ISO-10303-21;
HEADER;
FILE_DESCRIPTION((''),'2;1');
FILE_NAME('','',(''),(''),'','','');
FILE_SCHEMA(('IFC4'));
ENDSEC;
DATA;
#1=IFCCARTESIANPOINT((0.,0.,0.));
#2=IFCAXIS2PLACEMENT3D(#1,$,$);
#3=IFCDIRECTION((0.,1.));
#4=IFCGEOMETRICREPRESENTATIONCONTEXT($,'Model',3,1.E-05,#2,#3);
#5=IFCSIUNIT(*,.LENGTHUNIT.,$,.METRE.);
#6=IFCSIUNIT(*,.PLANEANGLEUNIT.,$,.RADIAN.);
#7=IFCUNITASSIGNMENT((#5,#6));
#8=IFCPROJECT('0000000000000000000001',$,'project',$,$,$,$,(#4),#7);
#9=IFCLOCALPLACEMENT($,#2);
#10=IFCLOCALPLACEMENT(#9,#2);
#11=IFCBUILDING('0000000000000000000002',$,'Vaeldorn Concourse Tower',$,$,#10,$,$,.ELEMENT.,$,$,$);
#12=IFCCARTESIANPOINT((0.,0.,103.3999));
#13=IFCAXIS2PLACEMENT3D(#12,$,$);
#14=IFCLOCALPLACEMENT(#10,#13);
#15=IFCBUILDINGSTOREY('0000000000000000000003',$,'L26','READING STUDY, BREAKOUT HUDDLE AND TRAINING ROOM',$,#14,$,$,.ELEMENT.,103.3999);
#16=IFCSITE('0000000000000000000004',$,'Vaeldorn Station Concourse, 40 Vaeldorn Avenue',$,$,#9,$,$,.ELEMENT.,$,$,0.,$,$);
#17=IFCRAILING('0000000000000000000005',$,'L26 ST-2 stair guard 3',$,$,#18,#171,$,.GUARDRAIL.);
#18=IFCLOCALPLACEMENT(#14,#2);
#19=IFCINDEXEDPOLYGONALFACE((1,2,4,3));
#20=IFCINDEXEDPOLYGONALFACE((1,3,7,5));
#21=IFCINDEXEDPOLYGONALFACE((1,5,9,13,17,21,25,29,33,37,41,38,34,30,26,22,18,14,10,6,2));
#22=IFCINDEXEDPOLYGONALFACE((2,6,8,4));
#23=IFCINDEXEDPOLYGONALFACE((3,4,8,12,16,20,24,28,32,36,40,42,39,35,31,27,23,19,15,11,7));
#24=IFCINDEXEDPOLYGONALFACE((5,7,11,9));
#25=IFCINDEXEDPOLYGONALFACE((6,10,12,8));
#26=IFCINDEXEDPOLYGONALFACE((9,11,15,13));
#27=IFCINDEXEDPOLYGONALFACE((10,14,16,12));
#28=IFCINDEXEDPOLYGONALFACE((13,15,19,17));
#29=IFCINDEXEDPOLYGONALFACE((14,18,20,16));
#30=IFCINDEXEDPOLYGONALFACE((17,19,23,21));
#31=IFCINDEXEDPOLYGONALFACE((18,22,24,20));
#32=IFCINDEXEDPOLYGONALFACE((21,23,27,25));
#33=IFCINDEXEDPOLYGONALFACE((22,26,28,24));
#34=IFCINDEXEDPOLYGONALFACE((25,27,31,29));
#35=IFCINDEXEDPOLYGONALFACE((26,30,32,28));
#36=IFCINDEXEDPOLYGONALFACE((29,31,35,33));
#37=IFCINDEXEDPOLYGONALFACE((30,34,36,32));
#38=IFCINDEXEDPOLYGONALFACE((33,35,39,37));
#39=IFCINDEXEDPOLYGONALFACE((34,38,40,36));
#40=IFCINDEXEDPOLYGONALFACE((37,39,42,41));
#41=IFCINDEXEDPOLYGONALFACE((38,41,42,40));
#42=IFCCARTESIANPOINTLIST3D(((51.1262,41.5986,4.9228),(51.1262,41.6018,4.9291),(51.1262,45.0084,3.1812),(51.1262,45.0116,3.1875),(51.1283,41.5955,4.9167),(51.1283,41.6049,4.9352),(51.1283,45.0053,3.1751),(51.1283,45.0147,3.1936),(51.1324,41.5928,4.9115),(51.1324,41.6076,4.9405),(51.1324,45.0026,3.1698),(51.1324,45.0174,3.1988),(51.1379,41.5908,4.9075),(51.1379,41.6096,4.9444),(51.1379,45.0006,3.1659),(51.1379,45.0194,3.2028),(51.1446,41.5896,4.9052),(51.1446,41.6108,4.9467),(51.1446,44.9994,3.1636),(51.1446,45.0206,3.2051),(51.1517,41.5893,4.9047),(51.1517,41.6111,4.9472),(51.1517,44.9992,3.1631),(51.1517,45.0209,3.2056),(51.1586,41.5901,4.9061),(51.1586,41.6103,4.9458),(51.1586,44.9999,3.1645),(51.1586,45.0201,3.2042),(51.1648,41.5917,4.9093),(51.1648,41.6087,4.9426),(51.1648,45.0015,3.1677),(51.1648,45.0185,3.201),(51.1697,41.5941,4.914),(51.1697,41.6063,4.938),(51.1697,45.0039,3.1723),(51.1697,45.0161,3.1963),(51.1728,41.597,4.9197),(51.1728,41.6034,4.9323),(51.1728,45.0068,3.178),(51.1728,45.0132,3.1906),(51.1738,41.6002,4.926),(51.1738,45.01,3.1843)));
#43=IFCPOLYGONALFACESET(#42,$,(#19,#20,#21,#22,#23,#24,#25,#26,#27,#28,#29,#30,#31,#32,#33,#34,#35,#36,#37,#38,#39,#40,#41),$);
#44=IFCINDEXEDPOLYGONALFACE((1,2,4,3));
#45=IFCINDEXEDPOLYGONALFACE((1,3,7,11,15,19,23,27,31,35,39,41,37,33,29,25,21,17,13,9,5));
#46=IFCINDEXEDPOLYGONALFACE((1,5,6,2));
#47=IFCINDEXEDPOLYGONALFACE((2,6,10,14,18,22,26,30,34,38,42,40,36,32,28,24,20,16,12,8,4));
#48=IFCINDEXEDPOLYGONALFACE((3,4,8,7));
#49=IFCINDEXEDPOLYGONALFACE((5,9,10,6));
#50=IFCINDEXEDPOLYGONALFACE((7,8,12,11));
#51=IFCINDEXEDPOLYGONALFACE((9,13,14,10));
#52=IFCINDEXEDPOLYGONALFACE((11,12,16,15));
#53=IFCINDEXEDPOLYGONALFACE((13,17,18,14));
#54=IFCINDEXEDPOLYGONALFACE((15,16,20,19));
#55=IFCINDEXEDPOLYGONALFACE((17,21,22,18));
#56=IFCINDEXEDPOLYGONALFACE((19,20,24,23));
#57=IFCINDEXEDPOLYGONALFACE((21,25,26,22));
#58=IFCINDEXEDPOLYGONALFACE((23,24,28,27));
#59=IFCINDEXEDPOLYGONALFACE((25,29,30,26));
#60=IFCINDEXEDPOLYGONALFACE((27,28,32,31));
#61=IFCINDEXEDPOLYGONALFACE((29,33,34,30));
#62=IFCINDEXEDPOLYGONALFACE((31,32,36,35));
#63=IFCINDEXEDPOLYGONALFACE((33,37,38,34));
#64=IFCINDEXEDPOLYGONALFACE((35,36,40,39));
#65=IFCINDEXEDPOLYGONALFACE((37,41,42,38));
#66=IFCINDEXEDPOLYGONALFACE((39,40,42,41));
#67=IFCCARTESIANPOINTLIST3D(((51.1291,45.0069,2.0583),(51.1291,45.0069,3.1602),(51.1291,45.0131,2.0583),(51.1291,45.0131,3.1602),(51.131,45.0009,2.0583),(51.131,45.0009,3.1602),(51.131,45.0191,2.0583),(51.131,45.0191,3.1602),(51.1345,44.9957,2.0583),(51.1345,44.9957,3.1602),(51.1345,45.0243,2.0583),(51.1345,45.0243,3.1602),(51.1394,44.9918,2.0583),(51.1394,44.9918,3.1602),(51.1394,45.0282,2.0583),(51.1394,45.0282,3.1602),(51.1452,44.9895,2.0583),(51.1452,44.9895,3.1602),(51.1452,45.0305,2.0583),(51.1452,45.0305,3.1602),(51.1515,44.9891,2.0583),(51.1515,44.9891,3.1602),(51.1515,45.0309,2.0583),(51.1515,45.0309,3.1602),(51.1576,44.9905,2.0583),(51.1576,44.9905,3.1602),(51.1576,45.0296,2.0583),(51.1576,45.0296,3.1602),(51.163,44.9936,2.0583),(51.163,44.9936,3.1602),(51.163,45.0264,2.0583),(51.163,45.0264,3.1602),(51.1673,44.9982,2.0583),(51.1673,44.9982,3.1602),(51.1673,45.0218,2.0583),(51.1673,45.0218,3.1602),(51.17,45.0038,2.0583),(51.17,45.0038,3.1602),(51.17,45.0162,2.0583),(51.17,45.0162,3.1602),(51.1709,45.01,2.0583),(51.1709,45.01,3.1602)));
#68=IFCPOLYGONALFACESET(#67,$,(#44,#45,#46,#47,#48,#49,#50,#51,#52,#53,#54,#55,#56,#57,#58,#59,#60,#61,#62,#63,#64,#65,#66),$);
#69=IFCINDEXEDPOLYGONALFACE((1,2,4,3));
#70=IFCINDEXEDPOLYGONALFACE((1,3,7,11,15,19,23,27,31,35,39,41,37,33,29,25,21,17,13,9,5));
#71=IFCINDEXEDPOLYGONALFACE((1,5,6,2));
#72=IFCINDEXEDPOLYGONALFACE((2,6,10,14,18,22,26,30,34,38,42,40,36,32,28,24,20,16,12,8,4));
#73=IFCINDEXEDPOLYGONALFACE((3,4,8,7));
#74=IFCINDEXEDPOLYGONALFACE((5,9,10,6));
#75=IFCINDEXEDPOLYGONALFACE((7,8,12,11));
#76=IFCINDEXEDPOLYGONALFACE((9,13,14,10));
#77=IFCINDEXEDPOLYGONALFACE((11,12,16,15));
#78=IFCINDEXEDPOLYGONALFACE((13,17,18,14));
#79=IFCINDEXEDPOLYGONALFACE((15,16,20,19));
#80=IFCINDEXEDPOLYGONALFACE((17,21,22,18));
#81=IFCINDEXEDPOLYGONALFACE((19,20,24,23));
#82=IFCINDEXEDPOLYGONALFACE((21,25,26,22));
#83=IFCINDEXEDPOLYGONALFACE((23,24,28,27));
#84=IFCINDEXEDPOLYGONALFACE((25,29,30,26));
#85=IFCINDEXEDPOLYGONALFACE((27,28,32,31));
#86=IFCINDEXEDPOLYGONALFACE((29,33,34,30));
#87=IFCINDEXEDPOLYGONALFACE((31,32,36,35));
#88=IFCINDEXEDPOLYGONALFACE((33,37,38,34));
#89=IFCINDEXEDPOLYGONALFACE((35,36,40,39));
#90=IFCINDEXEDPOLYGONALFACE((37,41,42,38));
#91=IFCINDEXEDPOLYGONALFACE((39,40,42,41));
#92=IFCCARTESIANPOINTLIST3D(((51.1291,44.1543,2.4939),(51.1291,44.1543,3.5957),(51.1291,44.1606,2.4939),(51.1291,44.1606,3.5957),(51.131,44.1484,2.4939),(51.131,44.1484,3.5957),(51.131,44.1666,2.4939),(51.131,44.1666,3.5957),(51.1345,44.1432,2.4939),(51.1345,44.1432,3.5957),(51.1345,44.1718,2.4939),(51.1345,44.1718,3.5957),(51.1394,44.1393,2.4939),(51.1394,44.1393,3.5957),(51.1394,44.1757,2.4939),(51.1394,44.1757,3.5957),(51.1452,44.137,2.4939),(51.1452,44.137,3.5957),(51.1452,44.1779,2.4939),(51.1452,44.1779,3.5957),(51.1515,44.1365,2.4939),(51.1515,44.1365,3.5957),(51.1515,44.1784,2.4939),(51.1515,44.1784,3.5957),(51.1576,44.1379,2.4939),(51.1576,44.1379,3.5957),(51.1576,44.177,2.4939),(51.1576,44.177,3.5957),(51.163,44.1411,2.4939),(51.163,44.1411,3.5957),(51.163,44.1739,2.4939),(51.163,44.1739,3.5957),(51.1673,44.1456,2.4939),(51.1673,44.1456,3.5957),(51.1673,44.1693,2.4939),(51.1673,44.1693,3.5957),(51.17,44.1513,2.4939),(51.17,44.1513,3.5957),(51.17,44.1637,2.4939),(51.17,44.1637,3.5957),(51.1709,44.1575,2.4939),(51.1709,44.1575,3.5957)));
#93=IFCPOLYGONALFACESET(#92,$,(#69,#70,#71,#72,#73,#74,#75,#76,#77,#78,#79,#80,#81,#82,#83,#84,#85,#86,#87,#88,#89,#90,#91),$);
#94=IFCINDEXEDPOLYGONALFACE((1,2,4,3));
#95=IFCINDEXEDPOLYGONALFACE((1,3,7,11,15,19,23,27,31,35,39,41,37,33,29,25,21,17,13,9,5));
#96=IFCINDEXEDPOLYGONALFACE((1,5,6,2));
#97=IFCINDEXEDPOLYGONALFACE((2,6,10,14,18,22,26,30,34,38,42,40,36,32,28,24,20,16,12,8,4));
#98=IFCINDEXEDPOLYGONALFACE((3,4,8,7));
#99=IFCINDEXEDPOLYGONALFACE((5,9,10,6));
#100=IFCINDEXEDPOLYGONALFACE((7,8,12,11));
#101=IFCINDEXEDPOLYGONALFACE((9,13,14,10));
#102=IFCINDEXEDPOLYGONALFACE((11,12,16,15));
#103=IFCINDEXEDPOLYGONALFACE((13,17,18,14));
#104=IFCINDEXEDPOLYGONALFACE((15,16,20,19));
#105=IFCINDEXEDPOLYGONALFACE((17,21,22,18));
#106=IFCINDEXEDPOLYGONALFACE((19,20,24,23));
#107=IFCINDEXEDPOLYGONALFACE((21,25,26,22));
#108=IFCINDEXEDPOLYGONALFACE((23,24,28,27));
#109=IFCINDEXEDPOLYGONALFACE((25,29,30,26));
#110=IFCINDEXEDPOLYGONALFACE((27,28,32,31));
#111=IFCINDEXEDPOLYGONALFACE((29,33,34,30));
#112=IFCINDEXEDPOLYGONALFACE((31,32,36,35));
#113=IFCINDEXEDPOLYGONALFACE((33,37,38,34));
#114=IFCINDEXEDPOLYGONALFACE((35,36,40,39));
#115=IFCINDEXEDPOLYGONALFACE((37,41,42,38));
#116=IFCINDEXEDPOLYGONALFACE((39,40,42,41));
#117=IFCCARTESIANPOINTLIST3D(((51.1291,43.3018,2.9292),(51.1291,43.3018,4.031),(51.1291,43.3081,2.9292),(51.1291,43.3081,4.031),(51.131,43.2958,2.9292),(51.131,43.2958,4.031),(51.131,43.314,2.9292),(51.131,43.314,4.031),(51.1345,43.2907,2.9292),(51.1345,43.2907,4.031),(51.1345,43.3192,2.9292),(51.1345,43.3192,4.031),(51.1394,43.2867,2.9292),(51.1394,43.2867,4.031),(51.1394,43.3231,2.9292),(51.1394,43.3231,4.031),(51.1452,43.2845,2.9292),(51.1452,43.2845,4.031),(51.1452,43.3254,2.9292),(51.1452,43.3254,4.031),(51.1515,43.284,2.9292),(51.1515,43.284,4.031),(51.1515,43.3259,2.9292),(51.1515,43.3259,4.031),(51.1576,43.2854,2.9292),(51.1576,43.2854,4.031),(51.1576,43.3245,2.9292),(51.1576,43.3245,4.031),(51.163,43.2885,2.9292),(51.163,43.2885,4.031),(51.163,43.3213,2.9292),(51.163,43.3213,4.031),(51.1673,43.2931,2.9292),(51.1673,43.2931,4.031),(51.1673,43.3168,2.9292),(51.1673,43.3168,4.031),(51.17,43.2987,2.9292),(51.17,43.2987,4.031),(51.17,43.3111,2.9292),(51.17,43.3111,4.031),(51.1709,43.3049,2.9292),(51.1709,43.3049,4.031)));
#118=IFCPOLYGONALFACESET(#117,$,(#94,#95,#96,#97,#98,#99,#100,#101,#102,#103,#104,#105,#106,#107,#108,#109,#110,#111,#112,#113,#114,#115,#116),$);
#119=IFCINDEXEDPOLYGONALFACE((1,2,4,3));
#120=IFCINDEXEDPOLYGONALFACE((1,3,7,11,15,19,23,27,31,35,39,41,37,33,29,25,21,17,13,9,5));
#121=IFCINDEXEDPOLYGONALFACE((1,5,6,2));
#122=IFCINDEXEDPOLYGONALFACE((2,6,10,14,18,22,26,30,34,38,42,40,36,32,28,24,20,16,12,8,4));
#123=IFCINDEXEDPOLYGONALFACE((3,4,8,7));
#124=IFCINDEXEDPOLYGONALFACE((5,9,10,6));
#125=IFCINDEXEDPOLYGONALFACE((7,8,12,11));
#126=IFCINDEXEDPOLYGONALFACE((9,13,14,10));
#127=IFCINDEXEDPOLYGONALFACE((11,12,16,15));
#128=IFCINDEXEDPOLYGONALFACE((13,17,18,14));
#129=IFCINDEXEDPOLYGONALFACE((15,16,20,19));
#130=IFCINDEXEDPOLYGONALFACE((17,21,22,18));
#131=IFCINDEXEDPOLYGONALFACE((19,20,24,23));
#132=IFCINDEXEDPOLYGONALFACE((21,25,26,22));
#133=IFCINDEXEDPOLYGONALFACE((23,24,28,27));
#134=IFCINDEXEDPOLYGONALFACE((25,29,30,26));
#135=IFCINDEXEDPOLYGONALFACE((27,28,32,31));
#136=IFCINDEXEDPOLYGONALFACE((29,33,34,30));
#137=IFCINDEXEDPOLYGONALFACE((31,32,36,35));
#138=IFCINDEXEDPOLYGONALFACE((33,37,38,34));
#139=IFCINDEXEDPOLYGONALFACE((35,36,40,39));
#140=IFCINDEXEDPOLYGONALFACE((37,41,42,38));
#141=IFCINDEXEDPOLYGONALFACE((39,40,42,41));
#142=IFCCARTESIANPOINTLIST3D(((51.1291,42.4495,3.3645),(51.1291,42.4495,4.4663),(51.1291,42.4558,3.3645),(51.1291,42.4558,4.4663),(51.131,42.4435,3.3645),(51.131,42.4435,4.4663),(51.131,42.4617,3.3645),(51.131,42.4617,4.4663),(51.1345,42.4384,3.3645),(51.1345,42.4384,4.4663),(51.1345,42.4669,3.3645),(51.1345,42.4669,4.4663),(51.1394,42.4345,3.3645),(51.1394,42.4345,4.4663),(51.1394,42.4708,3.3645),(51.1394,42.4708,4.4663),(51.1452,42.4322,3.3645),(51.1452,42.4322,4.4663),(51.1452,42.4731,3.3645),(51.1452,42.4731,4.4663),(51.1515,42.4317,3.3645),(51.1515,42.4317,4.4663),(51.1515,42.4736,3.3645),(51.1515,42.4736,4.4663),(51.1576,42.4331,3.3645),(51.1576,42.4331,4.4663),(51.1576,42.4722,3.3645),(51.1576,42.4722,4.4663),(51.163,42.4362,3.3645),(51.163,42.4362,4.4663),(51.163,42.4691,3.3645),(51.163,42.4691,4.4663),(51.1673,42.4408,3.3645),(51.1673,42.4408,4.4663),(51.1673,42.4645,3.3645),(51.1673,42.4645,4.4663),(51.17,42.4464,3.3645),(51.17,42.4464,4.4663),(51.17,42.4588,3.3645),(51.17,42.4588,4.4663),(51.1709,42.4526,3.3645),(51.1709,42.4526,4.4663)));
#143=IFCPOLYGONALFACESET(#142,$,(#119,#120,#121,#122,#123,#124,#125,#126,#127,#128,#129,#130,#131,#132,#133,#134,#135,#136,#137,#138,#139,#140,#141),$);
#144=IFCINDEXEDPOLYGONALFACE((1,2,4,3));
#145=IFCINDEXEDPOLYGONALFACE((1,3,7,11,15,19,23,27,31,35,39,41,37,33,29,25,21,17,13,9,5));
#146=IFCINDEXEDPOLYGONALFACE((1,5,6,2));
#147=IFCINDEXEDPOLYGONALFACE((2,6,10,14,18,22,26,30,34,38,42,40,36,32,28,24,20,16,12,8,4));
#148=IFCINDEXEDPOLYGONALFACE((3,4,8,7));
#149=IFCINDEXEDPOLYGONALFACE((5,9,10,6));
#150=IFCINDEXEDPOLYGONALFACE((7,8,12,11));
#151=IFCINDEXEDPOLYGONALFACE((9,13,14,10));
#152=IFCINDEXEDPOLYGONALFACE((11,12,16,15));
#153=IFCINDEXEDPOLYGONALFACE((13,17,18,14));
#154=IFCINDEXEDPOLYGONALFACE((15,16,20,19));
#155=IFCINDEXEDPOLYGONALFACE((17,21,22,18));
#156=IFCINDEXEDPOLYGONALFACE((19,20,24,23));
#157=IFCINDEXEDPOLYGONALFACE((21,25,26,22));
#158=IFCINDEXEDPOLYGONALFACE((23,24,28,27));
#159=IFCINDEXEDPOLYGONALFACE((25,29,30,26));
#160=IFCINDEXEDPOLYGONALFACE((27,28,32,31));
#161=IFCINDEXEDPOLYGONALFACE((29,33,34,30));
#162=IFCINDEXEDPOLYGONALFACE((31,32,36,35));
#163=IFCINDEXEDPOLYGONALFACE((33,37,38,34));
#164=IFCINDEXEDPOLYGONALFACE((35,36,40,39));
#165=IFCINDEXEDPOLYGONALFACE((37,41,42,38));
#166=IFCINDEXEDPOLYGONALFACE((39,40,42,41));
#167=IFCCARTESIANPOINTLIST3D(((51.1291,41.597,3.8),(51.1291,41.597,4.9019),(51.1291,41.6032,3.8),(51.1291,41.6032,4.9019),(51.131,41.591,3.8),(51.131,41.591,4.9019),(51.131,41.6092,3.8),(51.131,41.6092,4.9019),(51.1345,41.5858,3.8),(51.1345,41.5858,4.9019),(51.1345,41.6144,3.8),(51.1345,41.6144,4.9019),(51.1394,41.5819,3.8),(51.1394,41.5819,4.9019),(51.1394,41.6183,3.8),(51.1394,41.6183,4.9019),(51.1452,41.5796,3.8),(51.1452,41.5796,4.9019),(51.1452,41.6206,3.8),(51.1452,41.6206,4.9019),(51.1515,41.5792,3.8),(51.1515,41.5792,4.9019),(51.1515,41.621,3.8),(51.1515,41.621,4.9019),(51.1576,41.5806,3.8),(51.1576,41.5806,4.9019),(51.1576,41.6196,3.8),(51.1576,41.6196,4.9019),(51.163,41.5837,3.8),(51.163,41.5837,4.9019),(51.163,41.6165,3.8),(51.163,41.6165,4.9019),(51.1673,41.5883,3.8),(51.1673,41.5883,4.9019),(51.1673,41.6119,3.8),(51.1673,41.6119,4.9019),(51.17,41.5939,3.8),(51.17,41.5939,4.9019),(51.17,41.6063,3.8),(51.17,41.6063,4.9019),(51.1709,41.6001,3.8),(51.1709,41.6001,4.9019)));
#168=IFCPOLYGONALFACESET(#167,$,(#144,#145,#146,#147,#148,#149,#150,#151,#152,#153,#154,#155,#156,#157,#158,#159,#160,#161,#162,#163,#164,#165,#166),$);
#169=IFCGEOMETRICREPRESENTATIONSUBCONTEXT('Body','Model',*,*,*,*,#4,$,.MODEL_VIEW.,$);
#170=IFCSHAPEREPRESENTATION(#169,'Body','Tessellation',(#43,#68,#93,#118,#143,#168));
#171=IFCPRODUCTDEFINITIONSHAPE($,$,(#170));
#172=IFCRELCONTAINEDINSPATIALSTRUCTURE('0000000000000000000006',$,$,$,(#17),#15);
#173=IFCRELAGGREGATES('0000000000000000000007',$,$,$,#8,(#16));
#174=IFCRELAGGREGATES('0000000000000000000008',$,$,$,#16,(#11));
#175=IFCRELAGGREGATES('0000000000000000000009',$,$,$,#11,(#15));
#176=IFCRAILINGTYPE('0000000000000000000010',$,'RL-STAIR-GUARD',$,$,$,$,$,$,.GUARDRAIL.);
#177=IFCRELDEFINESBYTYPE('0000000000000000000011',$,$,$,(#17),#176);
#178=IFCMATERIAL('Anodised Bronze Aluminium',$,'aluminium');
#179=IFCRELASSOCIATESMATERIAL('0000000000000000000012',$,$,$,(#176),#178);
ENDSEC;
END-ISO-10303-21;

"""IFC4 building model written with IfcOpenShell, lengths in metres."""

from ifc_helpers import new_model, si_unit, direction, frame, origin, origin_2d, place, context, subcontext, project, spatial, circle, extrude, material, type_object, element, save


model = new_model("IFC4")

# Units and contexts
model_context = context("Model", 3, precision=1e-05, world=origin(), true_north=direction((0.0, 1.0)))
body_context = subcontext(model_context, "Body", "Model", "MODEL_VIEW")
ifc_project = project(units=[si_unit("LENGTHUNIT", "METRE"), si_unit("PLANEANGLEUNIT", "RADIAN")], contexts=[model_context])

# Site, building, storey
site_placement = place(None, origin())
site = spatial("IfcSite", under=ifc_project, at=site_placement, Name="Vaeldorn Station Concourse, 40 Vaeldorn Avenue", CompositionType="ELEMENT", RefElevation=0.0)
building_placement = place(site_placement, origin())
building = spatial("IfcBuilding", under=site, at=building_placement, Name="Vaeldorn Concourse Tower", CompositionType="ELEMENT")
storey_placement = place(building_placement, frame((0.0, 0.0, 103.3999)))
storey = spatial("IfcBuildingStorey", under=building, at=storey_placement, Name="L26", Description="READING STUDY, BREAKOUT HUDDLE AND TRAINING ROOM", CompositionType="ELEMENT", Elevation=103.3999)

# Shared definitions
ifc_material_1 = material(Name="Anodised Bronze Aluminium", Category="aluminium")

# Railing
railing_type_1 = type_object("IfcRailingType", Name="RL-STAIR-GUARD", PredefinedType="GUARDRAIL", material=ifc_material_1)
railing_1_placement = place(storey_placement, frame((51.1499, 45.01, 2.0583)))
element("IfcRailing", 1, at=railing_1_placement, inside=storey, type_object=railing_type_1, Name="L26 ST-2 stair guard 3", PredefinedType="GUARDRAIL", context=body_context, shape_type="SweptSolid", body=[
    extrude(circle(Radius=0.0239, at=origin_2d()), frame((0.0, 0.0, 1.126), z_axis=(0.0, -0.890556, 0.454874), x_axis=(1.0, 0.0, 0.0)), (0.0, 0.0, 1.0), 3.8289),
    extrude(circle(Radius=0.021, at=origin_2d()), origin(), (0.0, 0.0, 1.0), 1.1018),
    extrude(circle(Radius=0.021, at=origin_2d()), frame((0.0, -0.8525, 0.4355)), (0.0, 0.0, 1.0), 1.1018),
    extrude(circle(Radius=0.021, at=origin_2d()), frame((0.0, -1.7051, 0.8708)), (0.0, 0.0, 1.0), 1.1018),
    extrude(circle(Radius=0.021, at=origin_2d()), frame((0.0, -2.5574, 1.3062)), (0.0, 0.0, 1.0), 1.1018),
    extrude(circle(Radius=0.021, at=origin_2d()), frame((0.0, -3.4099, 1.7417)), (0.0, 0.0, 1.0), 1.1018),
])

save(model, "model.ifc")
